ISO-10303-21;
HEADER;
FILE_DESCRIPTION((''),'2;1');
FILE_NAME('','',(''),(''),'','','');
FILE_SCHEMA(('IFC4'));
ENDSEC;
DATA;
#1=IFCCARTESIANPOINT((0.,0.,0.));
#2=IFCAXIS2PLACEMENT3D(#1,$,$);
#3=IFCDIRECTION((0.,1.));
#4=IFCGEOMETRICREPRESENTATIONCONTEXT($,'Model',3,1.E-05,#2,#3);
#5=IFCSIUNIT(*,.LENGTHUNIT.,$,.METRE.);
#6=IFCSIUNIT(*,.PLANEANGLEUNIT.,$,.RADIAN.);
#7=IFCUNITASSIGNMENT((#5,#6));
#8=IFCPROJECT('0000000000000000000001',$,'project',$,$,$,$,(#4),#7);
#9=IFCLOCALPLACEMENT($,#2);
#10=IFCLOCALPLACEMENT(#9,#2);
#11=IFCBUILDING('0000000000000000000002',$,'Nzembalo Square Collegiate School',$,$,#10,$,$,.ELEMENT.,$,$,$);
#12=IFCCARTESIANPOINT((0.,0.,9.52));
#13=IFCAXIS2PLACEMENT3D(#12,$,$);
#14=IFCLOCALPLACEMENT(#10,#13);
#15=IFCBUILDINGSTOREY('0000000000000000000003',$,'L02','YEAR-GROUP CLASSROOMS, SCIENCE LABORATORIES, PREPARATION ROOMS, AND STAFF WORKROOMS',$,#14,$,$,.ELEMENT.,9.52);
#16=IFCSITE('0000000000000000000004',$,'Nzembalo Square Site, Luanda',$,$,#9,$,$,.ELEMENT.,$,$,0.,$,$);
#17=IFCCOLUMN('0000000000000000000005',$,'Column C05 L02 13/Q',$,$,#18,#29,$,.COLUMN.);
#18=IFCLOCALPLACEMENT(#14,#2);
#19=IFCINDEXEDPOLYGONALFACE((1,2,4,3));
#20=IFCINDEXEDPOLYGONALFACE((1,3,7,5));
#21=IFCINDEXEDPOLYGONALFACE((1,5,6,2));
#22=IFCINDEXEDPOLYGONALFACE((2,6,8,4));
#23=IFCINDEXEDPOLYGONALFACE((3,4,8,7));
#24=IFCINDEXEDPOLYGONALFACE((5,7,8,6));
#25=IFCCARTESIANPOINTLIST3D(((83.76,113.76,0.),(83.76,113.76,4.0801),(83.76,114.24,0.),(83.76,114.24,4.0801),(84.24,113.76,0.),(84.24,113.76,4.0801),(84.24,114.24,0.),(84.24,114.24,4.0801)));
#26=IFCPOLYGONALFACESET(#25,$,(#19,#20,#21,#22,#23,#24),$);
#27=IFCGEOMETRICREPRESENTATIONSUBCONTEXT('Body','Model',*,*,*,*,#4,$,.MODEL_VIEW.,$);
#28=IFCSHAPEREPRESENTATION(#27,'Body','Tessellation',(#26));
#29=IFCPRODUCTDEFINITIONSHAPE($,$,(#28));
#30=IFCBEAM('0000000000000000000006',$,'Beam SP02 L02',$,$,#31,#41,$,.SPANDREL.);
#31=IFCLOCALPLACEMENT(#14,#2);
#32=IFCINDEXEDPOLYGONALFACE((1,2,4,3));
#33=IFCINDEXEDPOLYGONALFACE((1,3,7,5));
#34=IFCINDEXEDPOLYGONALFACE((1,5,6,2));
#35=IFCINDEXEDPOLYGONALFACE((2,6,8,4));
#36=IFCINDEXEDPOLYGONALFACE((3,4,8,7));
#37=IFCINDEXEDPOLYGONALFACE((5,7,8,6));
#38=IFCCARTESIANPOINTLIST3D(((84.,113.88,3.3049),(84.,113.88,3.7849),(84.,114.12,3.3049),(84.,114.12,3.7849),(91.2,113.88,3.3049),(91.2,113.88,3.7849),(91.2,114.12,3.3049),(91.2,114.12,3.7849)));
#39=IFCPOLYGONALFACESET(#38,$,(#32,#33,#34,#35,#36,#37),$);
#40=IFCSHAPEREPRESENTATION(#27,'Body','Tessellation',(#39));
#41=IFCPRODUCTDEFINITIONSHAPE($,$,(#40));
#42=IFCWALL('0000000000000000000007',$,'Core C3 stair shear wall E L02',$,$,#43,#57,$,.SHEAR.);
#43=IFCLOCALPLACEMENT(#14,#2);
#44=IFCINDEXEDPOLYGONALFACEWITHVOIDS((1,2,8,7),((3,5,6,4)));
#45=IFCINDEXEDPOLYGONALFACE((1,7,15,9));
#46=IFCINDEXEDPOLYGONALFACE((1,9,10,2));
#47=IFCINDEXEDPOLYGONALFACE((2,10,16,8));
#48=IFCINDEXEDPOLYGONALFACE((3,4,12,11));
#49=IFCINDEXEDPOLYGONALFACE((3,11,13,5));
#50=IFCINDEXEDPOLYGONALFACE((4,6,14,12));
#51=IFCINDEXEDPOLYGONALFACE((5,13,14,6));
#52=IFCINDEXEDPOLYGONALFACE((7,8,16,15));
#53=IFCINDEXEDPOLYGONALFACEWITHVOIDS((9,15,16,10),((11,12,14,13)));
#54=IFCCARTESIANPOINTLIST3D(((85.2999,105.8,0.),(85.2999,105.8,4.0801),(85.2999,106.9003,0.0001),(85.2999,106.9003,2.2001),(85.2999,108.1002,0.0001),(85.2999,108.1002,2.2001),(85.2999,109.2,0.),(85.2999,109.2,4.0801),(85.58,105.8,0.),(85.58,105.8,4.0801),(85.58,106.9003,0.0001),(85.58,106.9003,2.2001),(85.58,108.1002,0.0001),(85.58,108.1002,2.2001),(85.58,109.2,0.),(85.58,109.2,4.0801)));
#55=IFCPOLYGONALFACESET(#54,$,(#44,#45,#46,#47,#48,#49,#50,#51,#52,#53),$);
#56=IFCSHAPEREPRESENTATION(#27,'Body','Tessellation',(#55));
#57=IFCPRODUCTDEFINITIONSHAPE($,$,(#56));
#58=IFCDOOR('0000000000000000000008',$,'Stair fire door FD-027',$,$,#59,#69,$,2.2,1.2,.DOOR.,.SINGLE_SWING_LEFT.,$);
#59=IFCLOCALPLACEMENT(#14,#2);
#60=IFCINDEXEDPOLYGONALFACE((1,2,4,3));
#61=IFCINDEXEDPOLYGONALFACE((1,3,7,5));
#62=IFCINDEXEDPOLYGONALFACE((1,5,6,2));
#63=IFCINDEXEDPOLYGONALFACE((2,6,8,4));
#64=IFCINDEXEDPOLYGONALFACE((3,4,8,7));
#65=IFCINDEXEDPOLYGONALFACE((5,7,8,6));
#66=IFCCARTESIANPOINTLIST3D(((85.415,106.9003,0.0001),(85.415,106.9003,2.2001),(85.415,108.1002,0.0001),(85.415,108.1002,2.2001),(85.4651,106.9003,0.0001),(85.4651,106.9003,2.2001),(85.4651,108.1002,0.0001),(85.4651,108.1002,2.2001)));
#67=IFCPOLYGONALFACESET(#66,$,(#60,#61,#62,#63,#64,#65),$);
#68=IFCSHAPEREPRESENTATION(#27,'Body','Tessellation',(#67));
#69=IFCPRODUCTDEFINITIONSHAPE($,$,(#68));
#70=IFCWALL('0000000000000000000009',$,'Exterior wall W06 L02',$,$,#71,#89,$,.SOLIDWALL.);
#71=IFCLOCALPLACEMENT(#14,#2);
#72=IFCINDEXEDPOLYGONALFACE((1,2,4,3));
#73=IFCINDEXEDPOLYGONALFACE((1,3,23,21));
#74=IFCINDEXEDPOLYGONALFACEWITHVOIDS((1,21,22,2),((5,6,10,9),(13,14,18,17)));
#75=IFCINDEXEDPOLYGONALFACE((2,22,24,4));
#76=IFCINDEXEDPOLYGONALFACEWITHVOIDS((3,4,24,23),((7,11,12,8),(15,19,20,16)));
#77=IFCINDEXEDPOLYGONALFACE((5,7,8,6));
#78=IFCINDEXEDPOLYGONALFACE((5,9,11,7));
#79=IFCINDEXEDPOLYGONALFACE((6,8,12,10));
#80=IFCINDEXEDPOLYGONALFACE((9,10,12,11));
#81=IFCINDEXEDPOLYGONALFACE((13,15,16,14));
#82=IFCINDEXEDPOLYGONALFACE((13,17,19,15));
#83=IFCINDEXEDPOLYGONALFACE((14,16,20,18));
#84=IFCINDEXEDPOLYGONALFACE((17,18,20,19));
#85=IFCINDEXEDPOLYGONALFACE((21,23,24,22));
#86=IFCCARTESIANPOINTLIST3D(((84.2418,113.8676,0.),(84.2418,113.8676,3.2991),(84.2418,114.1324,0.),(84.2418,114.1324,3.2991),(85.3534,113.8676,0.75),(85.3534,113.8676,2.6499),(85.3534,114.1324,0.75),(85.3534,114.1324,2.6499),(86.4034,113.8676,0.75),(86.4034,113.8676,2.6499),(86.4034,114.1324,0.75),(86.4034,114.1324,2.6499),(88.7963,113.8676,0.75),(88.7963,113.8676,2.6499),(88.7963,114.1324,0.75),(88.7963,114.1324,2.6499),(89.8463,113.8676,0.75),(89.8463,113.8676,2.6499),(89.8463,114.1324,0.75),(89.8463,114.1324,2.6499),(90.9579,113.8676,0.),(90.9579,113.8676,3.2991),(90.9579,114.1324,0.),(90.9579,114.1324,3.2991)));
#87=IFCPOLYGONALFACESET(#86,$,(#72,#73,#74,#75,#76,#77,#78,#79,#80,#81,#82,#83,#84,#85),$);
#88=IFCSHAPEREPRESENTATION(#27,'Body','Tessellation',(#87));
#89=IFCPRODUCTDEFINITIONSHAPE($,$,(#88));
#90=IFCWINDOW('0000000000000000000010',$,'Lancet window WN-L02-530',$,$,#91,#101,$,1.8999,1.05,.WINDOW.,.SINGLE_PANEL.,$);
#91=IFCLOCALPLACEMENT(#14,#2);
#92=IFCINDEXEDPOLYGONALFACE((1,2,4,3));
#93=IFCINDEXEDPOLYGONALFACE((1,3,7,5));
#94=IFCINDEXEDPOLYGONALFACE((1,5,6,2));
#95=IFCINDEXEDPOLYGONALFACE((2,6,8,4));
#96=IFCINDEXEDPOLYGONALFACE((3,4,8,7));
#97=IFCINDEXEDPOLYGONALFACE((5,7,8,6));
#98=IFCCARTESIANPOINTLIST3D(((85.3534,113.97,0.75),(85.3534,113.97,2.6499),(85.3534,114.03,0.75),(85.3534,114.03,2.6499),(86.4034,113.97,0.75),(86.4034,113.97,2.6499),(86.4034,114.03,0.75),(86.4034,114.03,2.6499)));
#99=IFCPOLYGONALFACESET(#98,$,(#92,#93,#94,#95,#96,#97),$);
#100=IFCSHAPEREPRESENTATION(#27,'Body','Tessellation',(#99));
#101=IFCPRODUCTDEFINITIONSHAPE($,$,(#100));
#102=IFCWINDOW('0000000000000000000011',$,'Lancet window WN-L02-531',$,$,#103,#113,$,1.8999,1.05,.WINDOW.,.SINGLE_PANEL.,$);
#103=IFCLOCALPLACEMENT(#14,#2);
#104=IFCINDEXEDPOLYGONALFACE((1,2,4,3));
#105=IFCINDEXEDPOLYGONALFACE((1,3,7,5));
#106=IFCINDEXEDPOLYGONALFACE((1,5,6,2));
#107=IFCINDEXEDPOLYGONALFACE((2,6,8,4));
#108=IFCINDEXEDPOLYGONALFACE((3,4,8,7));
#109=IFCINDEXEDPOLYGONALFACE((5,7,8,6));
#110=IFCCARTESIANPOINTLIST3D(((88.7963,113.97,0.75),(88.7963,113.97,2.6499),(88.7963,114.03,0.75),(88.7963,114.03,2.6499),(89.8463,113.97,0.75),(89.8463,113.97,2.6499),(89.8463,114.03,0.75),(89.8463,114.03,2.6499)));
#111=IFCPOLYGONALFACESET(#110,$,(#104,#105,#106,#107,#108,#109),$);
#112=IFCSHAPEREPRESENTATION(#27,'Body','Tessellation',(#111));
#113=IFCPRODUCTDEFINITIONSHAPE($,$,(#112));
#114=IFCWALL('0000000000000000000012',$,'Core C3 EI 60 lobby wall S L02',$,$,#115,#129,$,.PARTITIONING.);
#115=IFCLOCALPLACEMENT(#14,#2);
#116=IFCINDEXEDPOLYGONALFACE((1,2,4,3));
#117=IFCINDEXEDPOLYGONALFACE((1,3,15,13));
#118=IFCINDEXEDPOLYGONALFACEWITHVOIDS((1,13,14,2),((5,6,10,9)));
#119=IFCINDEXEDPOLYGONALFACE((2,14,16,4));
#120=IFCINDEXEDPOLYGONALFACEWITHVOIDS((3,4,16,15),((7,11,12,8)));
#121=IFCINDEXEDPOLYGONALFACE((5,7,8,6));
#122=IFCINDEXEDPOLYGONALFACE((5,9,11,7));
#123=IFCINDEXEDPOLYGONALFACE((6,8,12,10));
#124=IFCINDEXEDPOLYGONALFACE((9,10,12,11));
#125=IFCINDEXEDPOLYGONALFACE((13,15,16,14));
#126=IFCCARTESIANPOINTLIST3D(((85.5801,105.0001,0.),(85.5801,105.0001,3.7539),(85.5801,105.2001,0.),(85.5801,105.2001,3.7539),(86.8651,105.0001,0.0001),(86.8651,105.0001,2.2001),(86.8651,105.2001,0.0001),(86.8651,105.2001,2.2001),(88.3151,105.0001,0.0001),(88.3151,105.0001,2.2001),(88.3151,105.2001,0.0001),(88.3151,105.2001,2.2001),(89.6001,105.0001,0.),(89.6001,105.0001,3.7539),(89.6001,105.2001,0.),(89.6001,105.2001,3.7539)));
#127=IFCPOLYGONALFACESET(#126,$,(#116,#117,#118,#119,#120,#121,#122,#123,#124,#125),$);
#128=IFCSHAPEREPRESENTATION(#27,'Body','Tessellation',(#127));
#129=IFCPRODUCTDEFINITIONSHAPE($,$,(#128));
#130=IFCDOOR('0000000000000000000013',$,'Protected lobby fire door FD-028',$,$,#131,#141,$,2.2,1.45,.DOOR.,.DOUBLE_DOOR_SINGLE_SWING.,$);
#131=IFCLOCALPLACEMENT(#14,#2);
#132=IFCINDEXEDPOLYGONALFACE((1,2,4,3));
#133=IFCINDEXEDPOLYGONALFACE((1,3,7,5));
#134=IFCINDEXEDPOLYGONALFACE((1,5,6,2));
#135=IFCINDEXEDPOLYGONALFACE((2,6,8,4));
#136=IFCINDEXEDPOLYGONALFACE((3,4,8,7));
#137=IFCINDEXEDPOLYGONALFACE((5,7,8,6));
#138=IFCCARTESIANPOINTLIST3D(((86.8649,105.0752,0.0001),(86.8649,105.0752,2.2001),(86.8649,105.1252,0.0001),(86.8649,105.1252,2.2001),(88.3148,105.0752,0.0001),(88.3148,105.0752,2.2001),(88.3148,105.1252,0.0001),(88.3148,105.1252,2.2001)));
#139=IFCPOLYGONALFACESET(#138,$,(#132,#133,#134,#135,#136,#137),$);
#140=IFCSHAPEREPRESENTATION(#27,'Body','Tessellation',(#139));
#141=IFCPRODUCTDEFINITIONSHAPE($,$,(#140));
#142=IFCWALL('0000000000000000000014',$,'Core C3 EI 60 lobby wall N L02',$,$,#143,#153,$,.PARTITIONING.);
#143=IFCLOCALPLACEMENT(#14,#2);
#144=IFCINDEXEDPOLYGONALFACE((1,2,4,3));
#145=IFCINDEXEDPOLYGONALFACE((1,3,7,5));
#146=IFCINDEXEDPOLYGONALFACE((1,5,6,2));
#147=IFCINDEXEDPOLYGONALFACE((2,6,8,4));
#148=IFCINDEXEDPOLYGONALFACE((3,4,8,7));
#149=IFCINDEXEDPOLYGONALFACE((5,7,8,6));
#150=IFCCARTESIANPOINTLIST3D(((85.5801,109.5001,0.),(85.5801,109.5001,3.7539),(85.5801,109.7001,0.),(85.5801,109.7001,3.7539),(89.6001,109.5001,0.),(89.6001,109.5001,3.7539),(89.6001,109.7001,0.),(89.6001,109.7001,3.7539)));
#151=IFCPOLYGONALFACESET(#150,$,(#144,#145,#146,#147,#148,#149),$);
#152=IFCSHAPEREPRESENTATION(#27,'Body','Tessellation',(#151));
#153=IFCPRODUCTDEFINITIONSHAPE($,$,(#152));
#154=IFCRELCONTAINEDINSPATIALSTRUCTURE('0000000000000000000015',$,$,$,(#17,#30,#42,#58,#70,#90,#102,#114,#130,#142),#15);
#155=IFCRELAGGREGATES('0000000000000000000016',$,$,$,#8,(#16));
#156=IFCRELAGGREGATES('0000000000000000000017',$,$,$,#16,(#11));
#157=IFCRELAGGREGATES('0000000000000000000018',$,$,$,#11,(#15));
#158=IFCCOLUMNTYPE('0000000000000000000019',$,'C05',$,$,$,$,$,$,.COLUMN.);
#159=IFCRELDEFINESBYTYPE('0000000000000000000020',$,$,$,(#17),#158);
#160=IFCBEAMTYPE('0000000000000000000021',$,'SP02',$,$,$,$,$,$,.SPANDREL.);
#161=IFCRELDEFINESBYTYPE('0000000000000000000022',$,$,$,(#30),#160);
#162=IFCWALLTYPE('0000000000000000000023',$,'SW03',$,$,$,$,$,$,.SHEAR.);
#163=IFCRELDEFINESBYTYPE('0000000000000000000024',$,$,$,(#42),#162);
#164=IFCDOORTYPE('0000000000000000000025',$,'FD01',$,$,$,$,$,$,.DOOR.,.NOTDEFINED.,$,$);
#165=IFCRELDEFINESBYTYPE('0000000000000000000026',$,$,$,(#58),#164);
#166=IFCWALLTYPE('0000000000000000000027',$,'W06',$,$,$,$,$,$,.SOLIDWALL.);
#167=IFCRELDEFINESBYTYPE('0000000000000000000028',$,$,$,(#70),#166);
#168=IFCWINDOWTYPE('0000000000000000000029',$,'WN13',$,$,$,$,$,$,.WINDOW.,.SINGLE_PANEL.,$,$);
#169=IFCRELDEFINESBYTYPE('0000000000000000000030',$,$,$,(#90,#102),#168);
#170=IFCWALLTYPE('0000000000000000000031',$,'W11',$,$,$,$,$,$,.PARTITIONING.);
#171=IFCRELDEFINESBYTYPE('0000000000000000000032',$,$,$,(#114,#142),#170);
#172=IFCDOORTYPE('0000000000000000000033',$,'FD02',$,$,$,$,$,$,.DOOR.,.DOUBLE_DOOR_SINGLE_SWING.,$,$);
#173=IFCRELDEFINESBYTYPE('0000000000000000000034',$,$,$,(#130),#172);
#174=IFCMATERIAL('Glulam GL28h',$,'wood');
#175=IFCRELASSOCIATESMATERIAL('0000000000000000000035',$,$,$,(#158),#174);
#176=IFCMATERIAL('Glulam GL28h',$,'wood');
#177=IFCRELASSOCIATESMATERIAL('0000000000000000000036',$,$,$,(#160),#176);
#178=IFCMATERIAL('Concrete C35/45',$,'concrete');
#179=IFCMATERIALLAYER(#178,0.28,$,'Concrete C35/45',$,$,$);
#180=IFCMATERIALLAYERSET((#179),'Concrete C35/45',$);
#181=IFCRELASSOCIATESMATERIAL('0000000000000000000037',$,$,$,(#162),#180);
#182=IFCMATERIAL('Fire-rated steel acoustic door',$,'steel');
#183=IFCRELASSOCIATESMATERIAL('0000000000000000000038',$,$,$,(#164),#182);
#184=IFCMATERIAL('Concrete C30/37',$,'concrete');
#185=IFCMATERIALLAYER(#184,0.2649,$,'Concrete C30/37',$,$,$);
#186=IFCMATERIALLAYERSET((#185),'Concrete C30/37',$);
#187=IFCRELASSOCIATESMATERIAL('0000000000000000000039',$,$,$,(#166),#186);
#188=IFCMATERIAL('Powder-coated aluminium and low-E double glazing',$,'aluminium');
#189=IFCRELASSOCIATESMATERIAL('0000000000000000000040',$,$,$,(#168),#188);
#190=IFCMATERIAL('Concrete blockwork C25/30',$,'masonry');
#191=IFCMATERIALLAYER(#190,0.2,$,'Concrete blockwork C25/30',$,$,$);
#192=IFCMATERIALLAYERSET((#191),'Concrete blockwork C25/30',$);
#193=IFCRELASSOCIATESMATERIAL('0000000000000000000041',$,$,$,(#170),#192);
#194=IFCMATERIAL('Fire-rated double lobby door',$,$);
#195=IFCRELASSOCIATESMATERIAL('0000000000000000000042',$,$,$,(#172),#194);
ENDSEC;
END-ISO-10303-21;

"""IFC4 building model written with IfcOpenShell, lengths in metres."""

from ifc_helpers import new_model, si_unit, direction, frame, frame_2d, origin, origin_2d, place, context, subcontext, project, spatial, rectangle, extrude, material, layer, layer_set, material_profile, profile_set, type_object, element, fill, save


model = new_model("IFC4")

# Units and contexts
model_context = context("Model", 3, precision=1e-05, world=origin(), true_north=direction((0.0, 1.0)))
body_context = subcontext(model_context, "Body", "Model", "MODEL_VIEW")
ifc_project = project(units=[si_unit("LENGTHUNIT", "METRE"), si_unit("PLANEANGLEUNIT", "RADIAN")], contexts=[model_context])

# Site, building, storey
site_placement = place(None, origin())
site = spatial("IfcSite", under=ifc_project, at=site_placement, Name="Nzembalo Square Site, Luanda", CompositionType="ELEMENT", RefElevation=0.0)
building_placement = place(site_placement, origin())
building = spatial("IfcBuilding", under=site, at=building_placement, Name="Nzembalo Square Collegiate School", CompositionType="ELEMENT")
storey_placement = place(building_placement, frame((0.0, 0.0, 9.52)))
storey = spatial("IfcBuildingStorey", under=building, at=storey_placement, Name="L02", Description="YEAR-GROUP CLASSROOMS, SCIENCE LABORATORIES, PREPARATION ROOMS, AND STAFF WORKROOMS", CompositionType="ELEMENT", Elevation=9.52)

# Column
ifc_material_1 = material(Name="Glulam GL28h", Category="wood")
ifc_material_profile_1 = material_profile(ifc_material_1, rectangle(XDim=0.48, YDim=0.48, at=origin_2d()), Name="GL28h 480x480")
ifc_profile_set_1 = profile_set([ifc_material_profile_1], Name="Glulam GL28h")
column_type = type_object("IfcColumnType", Name="C05", PredefinedType="COLUMN", material=ifc_profile_set_1)
column_placement = place(storey_placement, frame((84.0, 114.0, 0.0), z_axis=(0.0, 0.0, 1.0), x_axis=(1.0, 0.0, 0.0)))
element("IfcColumn", 1, at=column_placement, inside=storey, type_object=column_type, Name="Column C05 L02 13/Q", PredefinedType="COLUMN", context=body_context, shape_type="SweptSolid", body=[
    extrude(rectangle(XDim=0.48, YDim=0.48, at=origin_2d()), origin(), (0.0, 0.0, 1.0), 4.0801),
])

# Beam
ifc_material_2 = material(Name="Glulam GL28h", Category="wood")
ifc_material_profile_2 = material_profile(ifc_material_2, rectangle(XDim=0.24, YDim=0.48, at=origin_2d()), Name="GL28h 240x480")
ifc_profile_set_2 = profile_set([ifc_material_profile_2], Name="Glulam GL28h")
beam_type = type_object("IfcBeamType", Name="SP02", PredefinedType="SPANDREL", material=ifc_profile_set_2)
beam_placement = place(storey_placement, frame((84.0, 114.0, 3.5449), z_axis=(1.0, 0.0, 0.0), x_axis=(0.0, 1.0, 0.0)))
element("IfcBeam", 2, at=beam_placement, inside=storey, type_object=beam_type, Name="Beam SP02 L02", PredefinedType="SPANDREL", context=body_context, shape_type="SweptSolid", body=[
    extrude(rectangle(XDim=0.24, YDim=0.48, at=origin_2d()), origin(), (0.0, 0.0, 1.0), 7.2),
])

# Wall, opening, door
ifc_material_3 = material(Name="Concrete C35/45", Category="concrete")
ifc_layer_1 = layer(ifc_material_3, 0.28, Name="Concrete C35/45")
ifc_layer_set_1 = layer_set([ifc_layer_1], Name="Concrete C35/45")
wall_type_1 = type_object("IfcWallType", Name="SW03", PredefinedType="SHEAR", material=ifc_layer_set_1)
wall_1_placement = place(storey_placement, frame((85.4399, 105.8, 0.0), z_axis=(0.0, 0.0, 1.0), x_axis=(0.0, 1.0, 0.0)))
wall_1 = element("IfcWall", 3, at=wall_1_placement, inside=storey, type_object=wall_type_1, Name="Core C3 stair shear wall E L02", PredefinedType="SHEAR", context=body_context, shape_type="SweptSolid", body=[
    extrude(rectangle(XDim=3.3999, YDim=0.28, at=frame_2d((1.7, 0.0))), origin(), (0.0, 0.0, 1.0), 4.0801),
])
opening_1_placement = place(wall_1_placement, frame((1.1001, 0.0, 0.0)))
opening_1 = element("IfcOpeningElement", 4, at=opening_1_placement, cuts=wall_1, PredefinedType="OPENING", context=body_context, shape_type="SweptSolid", body=[
    extrude(rectangle(XDim=1.2, YDim=2.2, at=frame_2d((0.6001, 1.1001))), frame((0.0, 0.1499, 0.0), z_axis=(0.0, -1.0, 0.0), x_axis=(1.0, 0.0, 0.0)), (0.0, 0.0, 1.0), 0.3),
])
ifc_material_4 = material(Name="Fire-rated steel acoustic door", Category="steel")
door_type_1 = type_object("IfcDoorType", Name="FD01", OperationType="NOTDEFINED", PredefinedType="DOOR", material=ifc_material_4)
door_1_placement = place(opening_1_placement, origin())
door_1 = element("IfcDoor", 5, at=door_1_placement, inside=storey, type_object=door_type_1, Name="Stair fire door FD-027", OperationType="SINGLE_SWING_LEFT", OverallHeight=2.2, OverallWidth=1.2, PredefinedType="DOOR", context=body_context, shape_type="SweptSolid", body=[
    extrude(rectangle(XDim=1.2, YDim=2.2, at=frame_2d((0.6001, 1.1001))), frame((0.0, 0.0249, 0.0), z_axis=(0.0, -1.0, 0.0), x_axis=(1.0, 0.0, 0.0)), (0.0, 0.0, 1.0), 0.05),
])
fill(opening_1, door_1)

# Wall, openings, windows
ifc_material_5 = material(Name="Concrete C30/37", Category="concrete")
ifc_layer_2 = layer(ifc_material_5, 0.2649, Name="Concrete C30/37")
ifc_layer_set_2 = layer_set([ifc_layer_2], Name="Concrete C30/37")
wall_type_2 = type_object("IfcWallType", Name="W06", PredefinedType="SOLIDWALL", material=ifc_layer_set_2)
wall_2_placement = place(storey_placement, frame((84.2419, 114.0, 0.0), z_axis=(0.0, 0.0, 1.0), x_axis=(1.0, 0.0, 0.0)))
wall_2 = element("IfcWall", 6, at=wall_2_placement, inside=storey, type_object=wall_type_2, Name="Exterior wall W06 L02", PredefinedType="SOLIDWALL", context=body_context, shape_type="SweptSolid", body=[
    extrude(rectangle(XDim=6.7161, YDim=0.2649, at=frame_2d((3.3579, 0.0))), origin(), (0.0, 0.0, 1.0), 3.2991),
])
opening_2_placement = place(wall_2_placement, frame((1.1116, 0.0, 0.75)))
opening_2 = element("IfcOpeningElement", 7, at=opening_2_placement, cuts=wall_2, PredefinedType="OPENING", context=body_context, shape_type="SweptSolid", body=[
    extrude(rectangle(XDim=1.05, YDim=1.8999, at=frame_2d((0.5249, 0.95))), frame((0.0, 0.1426, 0.0), z_axis=(0.0, -1.0, 0.0), x_axis=(1.0, 0.0, 0.0)), (0.0, 0.0, 1.0), 0.2849),
])
opening_3_placement = place(wall_2_placement, frame((4.5544, 0.0, 0.75)))
opening_3 = element("IfcOpeningElement", 8, at=opening_3_placement, cuts=wall_2, PredefinedType="OPENING", context=body_context, shape_type="SweptSolid", body=[
    extrude(rectangle(XDim=1.05, YDim=1.8999, at=frame_2d((0.5249, 0.95))), frame((0.0, 0.1426, 0.0), z_axis=(0.0, -1.0, 0.0), x_axis=(1.0, 0.0, 0.0)), (0.0, 0.0, 1.0), 0.2849),
])
ifc_material_6 = material(Name="Powder-coated aluminium and low-E double glazing", Category="aluminium")
window_type = type_object("IfcWindowType", Name="WN13", PartitioningType="SINGLE_PANEL", PredefinedType="WINDOW", material=ifc_material_6)
window_1_placement = place(opening_2_placement, origin())
window_1 = element("IfcWindow", 9, at=window_1_placement, inside=storey, type_object=window_type, Name="Lancet window WN-L02-530", OverallHeight=1.8999, OverallWidth=1.05, PartitioningType="SINGLE_PANEL", PredefinedType="WINDOW", context=body_context, shape_type="SweptSolid", body=[
    extrude(rectangle(XDim=1.05, YDim=1.8999, at=frame_2d((0.5249, 0.95))), frame((0.0, 0.03, 0.0), z_axis=(0.0, -1.0, 0.0), x_axis=(1.0, 0.0, 0.0)), (0.0, 0.0, 1.0), 0.0601),
])
fill(opening_2, window_1)
window_2_placement = place(opening_3_placement, origin())
window_2 = element("IfcWindow", 10, at=window_2_placement, inside=storey, type_object=window_type, Name="Lancet window WN-L02-531", OverallHeight=1.8999, OverallWidth=1.05, PartitioningType="SINGLE_PANEL", PredefinedType="WINDOW", context=body_context, shape_type="SweptSolid", body=[
    extrude(rectangle(XDim=1.05, YDim=1.8999, at=frame_2d((0.5249, 0.95))), frame((0.0, 0.03, 0.0), z_axis=(0.0, -1.0, 0.0), x_axis=(1.0, 0.0, 0.0)), (0.0, 0.0, 1.0), 0.0601),
])
fill(opening_3, window_2)

# Wall, opening, door
ifc_material_7 = material(Name="Concrete blockwork C25/30", Category="masonry")
ifc_layer_3 = layer(ifc_material_7, 0.2, Name="Concrete blockwork C25/30")
ifc_layer_set_3 = layer_set([ifc_layer_3], Name="Concrete blockwork C25/30")
wall_type_3 = type_object("IfcWallType", Name="W11", PredefinedType="PARTITIONING", material=ifc_layer_set_3)
wall_3_placement = place(storey_placement, frame((85.5801, 105.1001, 0.0), z_axis=(0.0, 0.0, 1.0), x_axis=(1.0, 0.0, 0.0)))
wall_3 = element("IfcWall", 11, at=wall_3_placement, inside=storey, type_object=wall_type_3, Name="Core C3 EI 60 lobby wall S L02", PredefinedType="PARTITIONING", context=body_context, shape_type="SweptSolid", body=[
    extrude(rectangle(XDim=4.02, YDim=0.2, at=frame_2d((2.01, 0.0))), origin(), (0.0, 0.0, 1.0), 3.7539),
])
opening_4_placement = place(wall_3_placement, frame((1.2849, 0.0, 0.0)))
opening_4 = element("IfcOpeningElement", 12, at=opening_4_placement, cuts=wall_3, PredefinedType="OPENING", context=body_context, shape_type="SweptSolid", body=[
    extrude(rectangle(XDim=1.45, YDim=2.2, at=frame_2d((0.7251, 1.1001))), frame((0.0, 0.1099, 0.0), z_axis=(0.0, -1.0, 0.0), x_axis=(1.0, 0.0, 0.0)), (0.0, 0.0, 1.0), 0.22),
])
ifc_material_8 = material(Name="Fire-rated double lobby door")
door_type_2 = type_object("IfcDoorType", Name="FD02", OperationType="DOUBLE_DOOR_SINGLE_SWING", PredefinedType="DOOR", material=ifc_material_8)
door_2_placement = place(opening_4_placement, frame((1.45, 0.0, 0.0), z_axis=(0.0, 0.0, 1.0), x_axis=(-1.0, 0.0, 0.0)))
door_2 = element("IfcDoor", 13, at=door_2_placement, inside=storey, type_object=door_type_2, Name="Protected lobby fire door FD-028", OperationType="DOUBLE_DOOR_SINGLE_SWING", OverallHeight=2.2, OverallWidth=1.45, PredefinedType="DOOR", context=body_context, shape_type="SweptSolid", body=[
    extrude(rectangle(XDim=1.45, YDim=2.2, at=frame_2d((0.7251, 1.1001))), frame((0.0, 0.0249, 0.0), z_axis=(0.0, -1.0, 0.0), x_axis=(1.0, 0.0, 0.0)), (0.0, 0.0, 1.0), 0.05),
])
fill(opening_4, door_2)

# Wall
wall_4_placement = place(storey_placement, frame((85.5801, 109.6001, 0.0), z_axis=(0.0, 0.0, 1.0), x_axis=(1.0, 0.0, 0.0)))
element("IfcWall", 14, at=wall_4_placement, inside=storey, type_object=wall_type_3, Name="Core C3 EI 60 lobby wall N L02", PredefinedType="PARTITIONING", context=body_context, shape_type="SweptSolid", body=[
    extrude(rectangle(XDim=4.02, YDim=0.2, at=frame_2d((2.01, 0.0))), origin(), (0.0, 0.0, 1.0), 3.7539),
])

save(model, "model.ifc")
